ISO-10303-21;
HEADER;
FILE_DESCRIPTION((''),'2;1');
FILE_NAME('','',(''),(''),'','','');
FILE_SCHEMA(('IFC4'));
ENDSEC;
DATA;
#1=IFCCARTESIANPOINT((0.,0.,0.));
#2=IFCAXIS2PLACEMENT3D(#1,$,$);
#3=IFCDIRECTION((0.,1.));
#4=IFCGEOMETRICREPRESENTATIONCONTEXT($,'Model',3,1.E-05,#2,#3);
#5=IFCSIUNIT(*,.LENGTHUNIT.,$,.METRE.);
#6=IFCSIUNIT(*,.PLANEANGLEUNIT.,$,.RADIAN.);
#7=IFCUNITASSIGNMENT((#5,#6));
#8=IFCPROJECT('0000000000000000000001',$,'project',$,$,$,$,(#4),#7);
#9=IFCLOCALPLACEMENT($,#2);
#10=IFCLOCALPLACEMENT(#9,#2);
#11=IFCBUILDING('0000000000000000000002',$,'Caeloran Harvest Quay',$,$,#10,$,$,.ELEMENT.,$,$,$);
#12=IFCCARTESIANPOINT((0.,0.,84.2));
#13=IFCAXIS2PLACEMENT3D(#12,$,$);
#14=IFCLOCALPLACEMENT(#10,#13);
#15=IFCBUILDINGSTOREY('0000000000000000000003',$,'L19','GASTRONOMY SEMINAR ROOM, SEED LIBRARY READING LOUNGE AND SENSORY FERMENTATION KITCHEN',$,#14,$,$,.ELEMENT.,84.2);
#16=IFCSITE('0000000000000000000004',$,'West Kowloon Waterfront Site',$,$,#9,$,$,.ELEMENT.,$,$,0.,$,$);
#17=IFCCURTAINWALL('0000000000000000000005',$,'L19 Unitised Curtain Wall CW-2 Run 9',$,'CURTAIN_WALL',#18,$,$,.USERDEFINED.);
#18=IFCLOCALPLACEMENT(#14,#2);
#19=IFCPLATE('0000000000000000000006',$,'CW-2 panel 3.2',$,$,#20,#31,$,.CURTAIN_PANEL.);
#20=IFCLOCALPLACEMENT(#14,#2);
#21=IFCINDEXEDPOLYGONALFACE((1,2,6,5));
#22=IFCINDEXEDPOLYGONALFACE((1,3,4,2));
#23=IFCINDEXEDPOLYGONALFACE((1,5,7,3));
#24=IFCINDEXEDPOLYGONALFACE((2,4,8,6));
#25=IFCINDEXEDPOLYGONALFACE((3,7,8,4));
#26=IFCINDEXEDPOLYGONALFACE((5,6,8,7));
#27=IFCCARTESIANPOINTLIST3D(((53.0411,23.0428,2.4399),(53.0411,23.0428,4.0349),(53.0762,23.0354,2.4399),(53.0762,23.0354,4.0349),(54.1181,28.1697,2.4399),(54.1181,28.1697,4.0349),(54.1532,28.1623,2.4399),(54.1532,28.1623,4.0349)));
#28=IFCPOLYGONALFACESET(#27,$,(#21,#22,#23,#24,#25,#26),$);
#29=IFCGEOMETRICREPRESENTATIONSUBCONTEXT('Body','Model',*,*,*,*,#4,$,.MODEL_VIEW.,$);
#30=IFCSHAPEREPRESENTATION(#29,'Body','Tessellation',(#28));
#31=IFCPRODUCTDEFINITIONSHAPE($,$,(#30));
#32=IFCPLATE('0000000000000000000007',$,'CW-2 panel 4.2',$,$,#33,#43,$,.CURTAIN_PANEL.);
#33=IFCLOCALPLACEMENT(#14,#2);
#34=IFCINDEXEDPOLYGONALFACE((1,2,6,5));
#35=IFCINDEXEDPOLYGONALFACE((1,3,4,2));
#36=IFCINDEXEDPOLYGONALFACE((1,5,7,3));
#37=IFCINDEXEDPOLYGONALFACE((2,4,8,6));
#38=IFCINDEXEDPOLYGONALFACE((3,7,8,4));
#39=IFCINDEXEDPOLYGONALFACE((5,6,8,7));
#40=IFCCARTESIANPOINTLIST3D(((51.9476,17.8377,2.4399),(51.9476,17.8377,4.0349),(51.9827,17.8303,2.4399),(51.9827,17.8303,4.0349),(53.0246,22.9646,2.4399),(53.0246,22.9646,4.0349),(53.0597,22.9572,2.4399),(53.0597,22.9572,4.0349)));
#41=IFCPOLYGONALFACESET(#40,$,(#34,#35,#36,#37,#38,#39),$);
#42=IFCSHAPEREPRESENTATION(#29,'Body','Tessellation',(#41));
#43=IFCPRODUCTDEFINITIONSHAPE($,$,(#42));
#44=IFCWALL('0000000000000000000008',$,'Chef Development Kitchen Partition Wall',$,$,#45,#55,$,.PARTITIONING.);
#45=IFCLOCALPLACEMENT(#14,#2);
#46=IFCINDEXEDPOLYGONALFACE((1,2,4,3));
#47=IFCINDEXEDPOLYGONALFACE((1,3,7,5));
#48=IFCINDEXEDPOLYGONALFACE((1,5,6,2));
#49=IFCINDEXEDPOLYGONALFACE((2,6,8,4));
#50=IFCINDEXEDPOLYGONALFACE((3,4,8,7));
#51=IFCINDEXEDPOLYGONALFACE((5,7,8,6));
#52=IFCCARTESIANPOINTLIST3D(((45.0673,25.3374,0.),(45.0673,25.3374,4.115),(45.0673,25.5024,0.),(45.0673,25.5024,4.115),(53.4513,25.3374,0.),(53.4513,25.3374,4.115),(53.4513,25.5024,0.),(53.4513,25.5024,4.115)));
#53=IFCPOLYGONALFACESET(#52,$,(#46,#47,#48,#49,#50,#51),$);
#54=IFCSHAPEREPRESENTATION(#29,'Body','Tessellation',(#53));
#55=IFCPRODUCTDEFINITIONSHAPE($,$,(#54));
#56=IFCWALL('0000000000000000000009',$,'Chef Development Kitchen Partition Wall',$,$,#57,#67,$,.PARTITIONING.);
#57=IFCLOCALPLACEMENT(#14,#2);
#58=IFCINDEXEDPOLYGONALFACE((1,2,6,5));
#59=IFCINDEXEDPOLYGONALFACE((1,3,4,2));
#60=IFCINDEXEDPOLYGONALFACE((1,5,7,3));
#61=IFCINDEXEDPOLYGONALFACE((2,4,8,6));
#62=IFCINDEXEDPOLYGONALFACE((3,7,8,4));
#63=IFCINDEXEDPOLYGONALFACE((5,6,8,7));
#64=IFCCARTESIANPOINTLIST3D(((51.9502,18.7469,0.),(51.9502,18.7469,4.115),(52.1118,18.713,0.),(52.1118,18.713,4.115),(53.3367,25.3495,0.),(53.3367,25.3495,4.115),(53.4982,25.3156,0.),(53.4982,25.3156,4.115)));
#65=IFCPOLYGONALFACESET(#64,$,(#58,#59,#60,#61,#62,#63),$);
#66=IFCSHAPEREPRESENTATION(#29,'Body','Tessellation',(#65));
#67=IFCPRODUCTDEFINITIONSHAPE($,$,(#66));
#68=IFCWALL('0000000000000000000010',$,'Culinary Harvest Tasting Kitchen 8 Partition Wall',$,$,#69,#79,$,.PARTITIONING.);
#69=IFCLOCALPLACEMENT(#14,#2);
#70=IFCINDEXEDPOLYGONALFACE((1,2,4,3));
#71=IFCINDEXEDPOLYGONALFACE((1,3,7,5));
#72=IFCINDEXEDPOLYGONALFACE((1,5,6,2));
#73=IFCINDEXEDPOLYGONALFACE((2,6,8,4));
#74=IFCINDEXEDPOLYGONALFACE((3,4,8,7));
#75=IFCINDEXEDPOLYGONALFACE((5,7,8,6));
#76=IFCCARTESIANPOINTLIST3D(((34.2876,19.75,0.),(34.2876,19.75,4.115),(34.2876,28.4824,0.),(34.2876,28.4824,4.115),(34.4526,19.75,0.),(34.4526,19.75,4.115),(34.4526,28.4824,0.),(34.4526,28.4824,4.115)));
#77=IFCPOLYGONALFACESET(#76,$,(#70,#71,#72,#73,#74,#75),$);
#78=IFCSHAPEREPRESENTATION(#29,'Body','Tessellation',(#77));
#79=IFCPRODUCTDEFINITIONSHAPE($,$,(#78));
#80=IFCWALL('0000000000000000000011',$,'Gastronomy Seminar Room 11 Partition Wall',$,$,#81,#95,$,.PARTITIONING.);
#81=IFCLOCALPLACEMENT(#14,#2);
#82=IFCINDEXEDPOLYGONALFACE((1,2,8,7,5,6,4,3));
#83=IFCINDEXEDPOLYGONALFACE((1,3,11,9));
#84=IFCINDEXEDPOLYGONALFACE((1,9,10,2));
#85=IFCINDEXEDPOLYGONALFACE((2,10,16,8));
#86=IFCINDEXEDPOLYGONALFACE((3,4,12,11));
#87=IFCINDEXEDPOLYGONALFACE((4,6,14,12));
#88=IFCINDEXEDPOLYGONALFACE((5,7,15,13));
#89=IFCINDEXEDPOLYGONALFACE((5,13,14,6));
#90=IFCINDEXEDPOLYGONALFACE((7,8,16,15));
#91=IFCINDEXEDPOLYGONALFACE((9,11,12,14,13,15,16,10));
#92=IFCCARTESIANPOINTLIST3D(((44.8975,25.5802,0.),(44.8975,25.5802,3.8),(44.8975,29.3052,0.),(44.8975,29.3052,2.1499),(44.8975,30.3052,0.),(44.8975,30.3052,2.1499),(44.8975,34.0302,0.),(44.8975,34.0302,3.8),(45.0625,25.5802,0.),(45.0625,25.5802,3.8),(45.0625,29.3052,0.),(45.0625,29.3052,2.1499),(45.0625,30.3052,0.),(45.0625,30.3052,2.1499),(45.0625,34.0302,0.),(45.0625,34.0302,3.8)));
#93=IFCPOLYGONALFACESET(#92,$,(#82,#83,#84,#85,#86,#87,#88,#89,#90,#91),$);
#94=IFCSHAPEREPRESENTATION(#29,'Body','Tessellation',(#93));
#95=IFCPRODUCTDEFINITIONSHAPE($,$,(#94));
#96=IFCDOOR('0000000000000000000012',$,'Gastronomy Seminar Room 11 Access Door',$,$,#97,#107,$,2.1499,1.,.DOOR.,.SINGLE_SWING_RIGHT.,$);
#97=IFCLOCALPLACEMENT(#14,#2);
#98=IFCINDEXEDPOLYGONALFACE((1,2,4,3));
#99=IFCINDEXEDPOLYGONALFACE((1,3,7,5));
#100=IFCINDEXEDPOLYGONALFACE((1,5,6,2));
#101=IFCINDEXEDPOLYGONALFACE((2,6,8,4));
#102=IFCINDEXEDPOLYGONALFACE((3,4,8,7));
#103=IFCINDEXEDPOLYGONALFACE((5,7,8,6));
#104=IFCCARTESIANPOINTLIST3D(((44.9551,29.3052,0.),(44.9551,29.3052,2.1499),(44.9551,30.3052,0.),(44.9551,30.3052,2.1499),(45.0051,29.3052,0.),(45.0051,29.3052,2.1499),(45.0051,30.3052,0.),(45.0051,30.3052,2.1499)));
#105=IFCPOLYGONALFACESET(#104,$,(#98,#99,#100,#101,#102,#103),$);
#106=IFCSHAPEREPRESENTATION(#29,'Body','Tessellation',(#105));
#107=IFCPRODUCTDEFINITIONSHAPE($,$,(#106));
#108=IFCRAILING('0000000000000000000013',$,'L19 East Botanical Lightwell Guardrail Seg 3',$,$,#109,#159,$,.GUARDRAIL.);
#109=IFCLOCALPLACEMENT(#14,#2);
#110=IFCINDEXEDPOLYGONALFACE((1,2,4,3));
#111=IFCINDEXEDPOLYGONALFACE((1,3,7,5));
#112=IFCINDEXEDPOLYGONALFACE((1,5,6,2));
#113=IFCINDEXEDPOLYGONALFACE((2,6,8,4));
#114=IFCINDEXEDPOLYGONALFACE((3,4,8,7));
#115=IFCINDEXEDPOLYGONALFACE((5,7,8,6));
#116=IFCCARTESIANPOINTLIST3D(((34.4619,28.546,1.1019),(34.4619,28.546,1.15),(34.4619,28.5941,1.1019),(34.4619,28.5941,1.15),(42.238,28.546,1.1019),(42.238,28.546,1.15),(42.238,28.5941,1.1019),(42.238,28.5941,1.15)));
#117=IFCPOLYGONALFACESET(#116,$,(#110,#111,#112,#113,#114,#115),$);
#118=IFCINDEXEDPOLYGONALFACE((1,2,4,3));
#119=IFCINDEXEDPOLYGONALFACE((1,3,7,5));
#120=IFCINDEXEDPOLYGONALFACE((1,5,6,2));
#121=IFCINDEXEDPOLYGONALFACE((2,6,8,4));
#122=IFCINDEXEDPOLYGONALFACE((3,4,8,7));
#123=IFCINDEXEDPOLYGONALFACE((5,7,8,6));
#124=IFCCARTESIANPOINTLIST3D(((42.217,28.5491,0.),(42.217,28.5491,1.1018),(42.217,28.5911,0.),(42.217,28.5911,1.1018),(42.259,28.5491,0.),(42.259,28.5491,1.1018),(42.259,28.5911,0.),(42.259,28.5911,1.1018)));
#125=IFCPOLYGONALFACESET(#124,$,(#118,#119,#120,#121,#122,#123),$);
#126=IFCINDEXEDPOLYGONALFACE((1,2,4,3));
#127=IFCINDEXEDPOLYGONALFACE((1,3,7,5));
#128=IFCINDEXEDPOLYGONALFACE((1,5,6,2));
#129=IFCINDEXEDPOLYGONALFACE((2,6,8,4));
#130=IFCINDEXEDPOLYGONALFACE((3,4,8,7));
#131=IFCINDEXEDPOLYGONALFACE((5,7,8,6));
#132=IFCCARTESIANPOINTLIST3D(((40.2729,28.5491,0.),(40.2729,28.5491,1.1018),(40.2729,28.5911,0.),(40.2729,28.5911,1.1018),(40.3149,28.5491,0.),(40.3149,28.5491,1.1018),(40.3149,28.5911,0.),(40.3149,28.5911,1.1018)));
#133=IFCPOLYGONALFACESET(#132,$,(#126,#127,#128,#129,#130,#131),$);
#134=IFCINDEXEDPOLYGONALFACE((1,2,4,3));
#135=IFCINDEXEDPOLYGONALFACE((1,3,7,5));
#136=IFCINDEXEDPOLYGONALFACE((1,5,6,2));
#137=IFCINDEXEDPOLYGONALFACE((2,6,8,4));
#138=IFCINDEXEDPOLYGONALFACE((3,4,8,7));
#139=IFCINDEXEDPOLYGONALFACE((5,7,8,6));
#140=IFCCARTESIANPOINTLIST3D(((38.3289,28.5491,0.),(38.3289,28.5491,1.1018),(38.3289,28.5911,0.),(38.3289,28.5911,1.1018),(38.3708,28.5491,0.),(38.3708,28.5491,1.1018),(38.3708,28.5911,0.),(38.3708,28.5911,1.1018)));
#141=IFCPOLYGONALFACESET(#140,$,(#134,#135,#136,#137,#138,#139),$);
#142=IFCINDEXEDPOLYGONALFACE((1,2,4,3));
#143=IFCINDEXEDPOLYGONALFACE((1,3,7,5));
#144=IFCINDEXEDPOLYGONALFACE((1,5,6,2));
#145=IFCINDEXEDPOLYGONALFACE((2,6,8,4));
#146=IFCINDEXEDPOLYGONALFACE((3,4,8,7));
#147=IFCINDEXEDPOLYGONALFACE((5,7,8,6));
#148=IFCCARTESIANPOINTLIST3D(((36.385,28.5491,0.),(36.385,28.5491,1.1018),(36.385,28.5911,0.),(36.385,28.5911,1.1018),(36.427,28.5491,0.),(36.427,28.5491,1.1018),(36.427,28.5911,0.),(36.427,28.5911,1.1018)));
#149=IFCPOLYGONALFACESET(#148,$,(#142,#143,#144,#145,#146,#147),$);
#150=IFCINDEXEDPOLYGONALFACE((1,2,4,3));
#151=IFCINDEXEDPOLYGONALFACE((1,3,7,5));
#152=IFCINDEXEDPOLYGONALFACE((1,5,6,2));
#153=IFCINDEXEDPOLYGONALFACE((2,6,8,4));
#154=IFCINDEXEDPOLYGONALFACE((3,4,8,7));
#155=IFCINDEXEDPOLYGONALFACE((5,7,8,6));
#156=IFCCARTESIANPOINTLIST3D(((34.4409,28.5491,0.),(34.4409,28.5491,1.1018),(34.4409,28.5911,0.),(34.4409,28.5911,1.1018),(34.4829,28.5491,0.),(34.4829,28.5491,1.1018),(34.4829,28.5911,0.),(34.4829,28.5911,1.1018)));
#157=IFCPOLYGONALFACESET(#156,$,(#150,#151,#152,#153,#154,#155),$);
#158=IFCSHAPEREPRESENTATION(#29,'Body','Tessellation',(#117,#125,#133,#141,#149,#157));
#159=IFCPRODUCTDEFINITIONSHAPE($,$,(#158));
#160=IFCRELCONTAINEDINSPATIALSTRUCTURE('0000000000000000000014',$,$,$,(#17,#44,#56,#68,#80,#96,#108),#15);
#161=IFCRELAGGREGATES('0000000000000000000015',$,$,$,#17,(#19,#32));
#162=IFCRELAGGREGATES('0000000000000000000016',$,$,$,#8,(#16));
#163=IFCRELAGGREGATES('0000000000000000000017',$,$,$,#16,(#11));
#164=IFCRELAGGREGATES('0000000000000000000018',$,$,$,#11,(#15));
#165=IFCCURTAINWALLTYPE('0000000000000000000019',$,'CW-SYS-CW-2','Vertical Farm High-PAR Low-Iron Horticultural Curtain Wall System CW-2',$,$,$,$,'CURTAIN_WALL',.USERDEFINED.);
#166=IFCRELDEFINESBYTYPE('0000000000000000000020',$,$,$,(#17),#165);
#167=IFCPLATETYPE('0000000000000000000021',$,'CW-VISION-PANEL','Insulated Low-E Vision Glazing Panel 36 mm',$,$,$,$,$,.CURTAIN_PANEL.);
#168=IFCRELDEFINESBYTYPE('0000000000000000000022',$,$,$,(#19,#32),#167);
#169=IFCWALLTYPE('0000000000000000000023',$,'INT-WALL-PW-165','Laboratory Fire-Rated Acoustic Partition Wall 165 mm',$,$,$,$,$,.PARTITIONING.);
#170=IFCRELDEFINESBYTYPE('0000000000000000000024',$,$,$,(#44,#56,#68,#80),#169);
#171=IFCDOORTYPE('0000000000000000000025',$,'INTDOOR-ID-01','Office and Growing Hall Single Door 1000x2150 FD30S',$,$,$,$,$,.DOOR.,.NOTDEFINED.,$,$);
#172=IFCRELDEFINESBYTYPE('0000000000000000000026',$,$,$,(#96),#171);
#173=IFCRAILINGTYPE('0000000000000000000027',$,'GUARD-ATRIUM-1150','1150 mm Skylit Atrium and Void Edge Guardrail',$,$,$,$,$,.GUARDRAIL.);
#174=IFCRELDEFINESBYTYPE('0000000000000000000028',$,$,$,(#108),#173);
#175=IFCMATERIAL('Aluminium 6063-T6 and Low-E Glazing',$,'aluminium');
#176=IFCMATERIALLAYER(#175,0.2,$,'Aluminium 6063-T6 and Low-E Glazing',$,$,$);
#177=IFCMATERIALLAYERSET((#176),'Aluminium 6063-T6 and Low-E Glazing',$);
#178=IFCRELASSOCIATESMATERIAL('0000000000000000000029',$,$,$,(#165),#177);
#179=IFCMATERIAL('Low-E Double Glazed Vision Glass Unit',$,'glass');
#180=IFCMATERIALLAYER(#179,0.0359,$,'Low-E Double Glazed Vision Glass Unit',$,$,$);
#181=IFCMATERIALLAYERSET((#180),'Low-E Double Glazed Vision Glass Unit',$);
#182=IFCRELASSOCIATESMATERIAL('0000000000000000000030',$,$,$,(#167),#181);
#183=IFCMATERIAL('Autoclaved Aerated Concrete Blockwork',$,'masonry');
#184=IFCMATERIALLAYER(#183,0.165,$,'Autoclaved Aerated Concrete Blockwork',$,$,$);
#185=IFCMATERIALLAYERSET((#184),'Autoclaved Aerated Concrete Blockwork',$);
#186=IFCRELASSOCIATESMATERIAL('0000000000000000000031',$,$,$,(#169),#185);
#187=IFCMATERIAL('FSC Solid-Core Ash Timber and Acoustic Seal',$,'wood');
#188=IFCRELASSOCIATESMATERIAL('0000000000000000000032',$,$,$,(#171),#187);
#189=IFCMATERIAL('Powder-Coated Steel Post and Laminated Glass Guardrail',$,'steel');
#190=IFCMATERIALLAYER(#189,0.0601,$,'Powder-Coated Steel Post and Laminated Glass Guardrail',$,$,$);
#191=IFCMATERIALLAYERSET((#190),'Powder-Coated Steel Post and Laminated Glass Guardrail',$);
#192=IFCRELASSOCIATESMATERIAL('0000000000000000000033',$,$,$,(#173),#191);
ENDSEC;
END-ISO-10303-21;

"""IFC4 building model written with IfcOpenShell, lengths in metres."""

from ifc_helpers import new_model, si_unit, direction, frame, frame_2d, origin, origin_2d, place, context, subcontext, project, spatial, rectangle, extrude, material, layer, layer_set, type_object, element, fill, aggregate, save


model = new_model("IFC4")

# Units and contexts
model_context = context("Model", 3, precision=1e-05, world=origin(), true_north=direction((0.0, 1.0)))
body_context = subcontext(model_context, "Body", "Model", "MODEL_VIEW")
ifc_project = project(units=[si_unit("LENGTHUNIT", "METRE"), si_unit("PLANEANGLEUNIT", "RADIAN")], contexts=[model_context])

# Site, building, storey
site_placement = place(None, origin())
site = spatial("IfcSite", under=ifc_project, at=site_placement, Name="West Kowloon Waterfront Site", CompositionType="ELEMENT", RefElevation=0.0)
building_placement = place(site_placement, origin())
building = spatial("IfcBuilding", under=site, at=building_placement, Name="Caeloran Harvest Quay", CompositionType="ELEMENT")
storey_placement = place(building_placement, frame((0.0, 0.0, 84.2)))
storey = spatial("IfcBuildingStorey", under=building, at=storey_placement, Name="L19", Description="GASTRONOMY SEMINAR ROOM, SEED LIBRARY READING LOUNGE AND SENSORY FERMENTATION KITCHEN", CompositionType="ELEMENT", Elevation=84.2)

# Curtain wall, plates
ifc_material_1 = material(Name="Aluminium 6063-T6 and Low-E Glazing", Category="aluminium")
ifc_layer_1 = layer(ifc_material_1, 0.2, Name="Aluminium 6063-T6 and Low-E Glazing")
ifc_layer_set_1 = layer_set([ifc_layer_1], Name="Aluminium 6063-T6 and Low-E Glazing")
curtain_wall_type = type_object("IfcCurtainWallType", Name="CW-SYS-CW-2", Description="Vertical Farm High-PAR Low-Iron Horticultural Curtain Wall System CW-2", ElementType="CURTAIN_WALL", PredefinedType="USERDEFINED", material=ifc_layer_set_1)
curtain_wall_placement = place(storey_placement, origin())
curtain_wall = element("IfcCurtainWall", 1, at=curtain_wall_placement, inside=storey, type_object=curtain_wall_type, Name="L19 Unitised Curtain Wall CW-2 Run 9", ObjectType="CURTAIN_WALL", PredefinedType="USERDEFINED")
ifc_material_2 = material(Name="Low-E Double Glazed Vision Glass Unit", Category="glass")
ifc_layer_2 = layer(ifc_material_2, 0.0359, Name="Low-E Double Glazed Vision Glass Unit")
ifc_layer_set_2 = layer_set([ifc_layer_2], Name="Low-E Double Glazed Vision Glass Unit")
plate_type = type_object("IfcPlateType", Name="CW-VISION-PANEL", Description="Insulated Low-E Vision Glazing Panel 36 mm", PredefinedType="CURTAIN_PANEL", material=ifc_layer_set_2)
plate_1_placement = place(storey_placement, frame((53.5972, 25.6025, 2.4399), z_axis=(0.0, 0.0, 1.0), x_axis=(-0.205583, -0.97864, 0.0)))
plate_1 = element("IfcPlate", 2, at=plate_1_placement, type_object=plate_type, Name="CW-2 panel 3.2", PredefinedType="CURTAIN_PANEL", context=body_context, shape_type="SweptSolid", body=[
    extrude(rectangle(XDim=5.2388, YDim=0.0359, at=origin_2d()), origin(), (0.0, 0.0, 1.0), 1.595),
])
plate_2_placement = place(storey_placement, frame((52.5037, 20.3975, 2.4399), z_axis=(0.0, 0.0, 1.0), x_axis=(-0.205583, -0.97864, 0.0)))
plate_2 = element("IfcPlate", 3, at=plate_2_placement, type_object=plate_type, Name="CW-2 panel 4.2", PredefinedType="CURTAIN_PANEL", context=body_context, shape_type="SweptSolid", body=[
    extrude(rectangle(XDim=5.2388, YDim=0.0359, at=origin_2d()), origin(), (0.0, 0.0, 1.0), 1.595),
])
aggregate(curtain_wall, [plate_1, plate_2])

# Walls
ifc_material_3 = material(Name="Autoclaved Aerated Concrete Blockwork", Category="masonry")
ifc_layer_3 = layer(ifc_material_3, 0.165, Name="Autoclaved Aerated Concrete Blockwork")
ifc_layer_set_3 = layer_set([ifc_layer_3], Name="Autoclaved Aerated Concrete Blockwork")
wall_type = type_object("IfcWallType", Name="INT-WALL-PW-165", Description="Laboratory Fire-Rated Acoustic Partition Wall 165 mm", PredefinedType="PARTITIONING", material=ifc_layer_set_3)
wall_1_placement = place(storey_placement, frame((45.0674, 25.4199, 0.0), z_axis=(0.0, 0.0, 1.0), x_axis=(1.0, 0.0, 0.0)))
element("IfcWall", 4, at=wall_1_placement, inside=storey, type_object=wall_type, Name="Chef Development Kitchen Partition Wall", PredefinedType="PARTITIONING", context=body_context, shape_type="SweptSolid", body=[
    extrude(rectangle(XDim=8.384, YDim=0.165, at=frame_2d((4.1919, 0.0))), origin(), (0.0, 0.0, 1.0), 4.115),
])
wall_2_placement = place(storey_placement, frame((53.4175, 25.3325, 0.0), z_axis=(0.0, 0.0, 1.0), x_axis=(-0.205509, -0.978655, 0.0)))
element("IfcWall", 5, at=wall_2_placement, inside=storey, type_object=wall_type, Name="Chef Development Kitchen Partition Wall", PredefinedType="PARTITIONING", context=body_context, shape_type="SweptSolid", body=[
    extrude(rectangle(XDim=6.7466, YDim=0.165, at=frame_2d((3.3733, 0.0))), origin(), (0.0, 0.0, 1.0), 4.115),
])
wall_3_placement = place(storey_placement, frame((34.3701, 28.4824, 0.0), z_axis=(0.0, 0.0, 1.0), x_axis=(0.0, -1.0, 0.0)))
element("IfcWall", 6, at=wall_3_placement, inside=storey, type_object=wall_type, Name="Culinary Harvest Tasting Kitchen 8 Partition Wall", PredefinedType="PARTITIONING", context=body_context, shape_type="SweptSolid", body=[
    extrude(rectangle(XDim=8.7324, YDim=0.165, at=frame_2d((4.3662, 0.0))), origin(), (0.0, 0.0, 1.0), 4.115),
])

# Wall, opening, door
wall_4_placement = place(storey_placement, frame((44.98, 25.5801, 0.0), z_axis=(0.0, 0.0, 1.0), x_axis=(0.0, 1.0, 0.0)))
wall_4 = element("IfcWall", 7, at=wall_4_placement, inside=storey, type_object=wall_type, Name="Gastronomy Seminar Room 11 Partition Wall", PredefinedType="PARTITIONING", context=body_context, shape_type="SweptSolid", body=[
    extrude(rectangle(XDim=8.45, YDim=0.165, at=frame_2d((4.2251, 0.0))), origin(), (0.0, 0.0, 1.0), 3.8),
])
opening_placement = place(wall_4_placement, frame((3.7251, 0.0, 0.0)))
opening = element("IfcOpeningElement", 8, at=opening_placement, cuts=wall_4, PredefinedType="OPENING", context=body_context, shape_type="SweptSolid", body=[
    extrude(rectangle(XDim=1.0, YDim=2.1499, at=frame_2d((0.5, 1.075))), frame((0.0, 0.0925, 0.0), z_axis=(0.0, -1.0, 0.0), x_axis=(1.0, 0.0, 0.0)), (0.0, 0.0, 1.0), 0.1851),
])
ifc_material_4 = material(Name="FSC Solid-Core Ash Timber and Acoustic Seal", Category="wood")
door_type = type_object("IfcDoorType", Name="INTDOOR-ID-01", Description="Office and Growing Hall Single Door 1000x2150 FD30S", OperationType="NOTDEFINED", PredefinedType="DOOR", material=ifc_material_4)
door_placement = place(opening_placement, origin())
door = element("IfcDoor", 9, at=door_placement, inside=storey, type_object=door_type, Name="Gastronomy Seminar Room 11 Access Door", OperationType="SINGLE_SWING_RIGHT", OverallHeight=2.1499, OverallWidth=1.0, PredefinedType="DOOR", context=body_context, shape_type="SweptSolid", body=[
    extrude(rectangle(XDim=1.0, YDim=2.1499, at=frame_2d((0.5, 1.075))), frame((0.0, 0.0249, 0.0), z_axis=(0.0, -1.0, 0.0), x_axis=(1.0, 0.0, 0.0)), (0.0, 0.0, 1.0), 0.05),
])
fill(opening, door)

# Railing
ifc_material_5 = material(Name="Powder-Coated Steel Post and Laminated Glass Guardrail", Category="steel")
ifc_layer_4 = layer(ifc_material_5, 0.0601, Name="Powder-Coated Steel Post and Laminated Glass Guardrail")
ifc_layer_set_4 = layer_set([ifc_layer_4], Name="Powder-Coated Steel Post and Laminated Glass Guardrail")
railing_type = type_object("IfcRailingType", Name="GUARD-ATRIUM-1150", Description="1150 mm Skylit Atrium and Void Edge Guardrail", PredefinedType="GUARDRAIL", material=ifc_layer_set_4)
railing_1_placement = place(storey_placement, frame((42.238, 28.5701, 0.0)))
element("IfcRailing", 10, at=railing_1_placement, inside=storey, type_object=railing_type, Name="L19 East Botanical Lightwell Guardrail Seg 3", PredefinedType="GUARDRAIL", context=body_context, shape_type="SweptSolid", body=[
    extrude(rectangle(XDim=0.0481, YDim=0.0481, at=origin_2d()), frame((0.0, 0.0, 1.126), z_axis=(-1.0, 0.0, 0.0), x_axis=(0.0, -1.0, 0.0)), (0.0, 0.0, 1.0), 7.7761),
    extrude(rectangle(XDim=0.042, YDim=0.042, at=origin_2d()), origin(), (0.0, 0.0, 1.0), 1.1018),
    extrude(rectangle(XDim=0.042, YDim=0.042, at=origin_2d()), frame((-1.9441, 0.0, 0.0)), (0.0, 0.0, 1.0), 1.1018),
    extrude(rectangle(XDim=0.042, YDim=0.042, at=origin_2d()), frame((-3.8882, 0.0, 0.0)), (0.0, 0.0, 1.0), 1.1018),
    extrude(rectangle(XDim=0.042, YDim=0.042, at=origin_2d()), frame((-5.832, 0.0, 0.0)), (0.0, 0.0, 1.0), 1.1018),
    extrude(rectangle(XDim=0.042, YDim=0.042, at=origin_2d()), frame((-7.7761, 0.0, 0.0)), (0.0, 0.0, 1.0), 1.1018),
])

save(model, "model.ifc")
